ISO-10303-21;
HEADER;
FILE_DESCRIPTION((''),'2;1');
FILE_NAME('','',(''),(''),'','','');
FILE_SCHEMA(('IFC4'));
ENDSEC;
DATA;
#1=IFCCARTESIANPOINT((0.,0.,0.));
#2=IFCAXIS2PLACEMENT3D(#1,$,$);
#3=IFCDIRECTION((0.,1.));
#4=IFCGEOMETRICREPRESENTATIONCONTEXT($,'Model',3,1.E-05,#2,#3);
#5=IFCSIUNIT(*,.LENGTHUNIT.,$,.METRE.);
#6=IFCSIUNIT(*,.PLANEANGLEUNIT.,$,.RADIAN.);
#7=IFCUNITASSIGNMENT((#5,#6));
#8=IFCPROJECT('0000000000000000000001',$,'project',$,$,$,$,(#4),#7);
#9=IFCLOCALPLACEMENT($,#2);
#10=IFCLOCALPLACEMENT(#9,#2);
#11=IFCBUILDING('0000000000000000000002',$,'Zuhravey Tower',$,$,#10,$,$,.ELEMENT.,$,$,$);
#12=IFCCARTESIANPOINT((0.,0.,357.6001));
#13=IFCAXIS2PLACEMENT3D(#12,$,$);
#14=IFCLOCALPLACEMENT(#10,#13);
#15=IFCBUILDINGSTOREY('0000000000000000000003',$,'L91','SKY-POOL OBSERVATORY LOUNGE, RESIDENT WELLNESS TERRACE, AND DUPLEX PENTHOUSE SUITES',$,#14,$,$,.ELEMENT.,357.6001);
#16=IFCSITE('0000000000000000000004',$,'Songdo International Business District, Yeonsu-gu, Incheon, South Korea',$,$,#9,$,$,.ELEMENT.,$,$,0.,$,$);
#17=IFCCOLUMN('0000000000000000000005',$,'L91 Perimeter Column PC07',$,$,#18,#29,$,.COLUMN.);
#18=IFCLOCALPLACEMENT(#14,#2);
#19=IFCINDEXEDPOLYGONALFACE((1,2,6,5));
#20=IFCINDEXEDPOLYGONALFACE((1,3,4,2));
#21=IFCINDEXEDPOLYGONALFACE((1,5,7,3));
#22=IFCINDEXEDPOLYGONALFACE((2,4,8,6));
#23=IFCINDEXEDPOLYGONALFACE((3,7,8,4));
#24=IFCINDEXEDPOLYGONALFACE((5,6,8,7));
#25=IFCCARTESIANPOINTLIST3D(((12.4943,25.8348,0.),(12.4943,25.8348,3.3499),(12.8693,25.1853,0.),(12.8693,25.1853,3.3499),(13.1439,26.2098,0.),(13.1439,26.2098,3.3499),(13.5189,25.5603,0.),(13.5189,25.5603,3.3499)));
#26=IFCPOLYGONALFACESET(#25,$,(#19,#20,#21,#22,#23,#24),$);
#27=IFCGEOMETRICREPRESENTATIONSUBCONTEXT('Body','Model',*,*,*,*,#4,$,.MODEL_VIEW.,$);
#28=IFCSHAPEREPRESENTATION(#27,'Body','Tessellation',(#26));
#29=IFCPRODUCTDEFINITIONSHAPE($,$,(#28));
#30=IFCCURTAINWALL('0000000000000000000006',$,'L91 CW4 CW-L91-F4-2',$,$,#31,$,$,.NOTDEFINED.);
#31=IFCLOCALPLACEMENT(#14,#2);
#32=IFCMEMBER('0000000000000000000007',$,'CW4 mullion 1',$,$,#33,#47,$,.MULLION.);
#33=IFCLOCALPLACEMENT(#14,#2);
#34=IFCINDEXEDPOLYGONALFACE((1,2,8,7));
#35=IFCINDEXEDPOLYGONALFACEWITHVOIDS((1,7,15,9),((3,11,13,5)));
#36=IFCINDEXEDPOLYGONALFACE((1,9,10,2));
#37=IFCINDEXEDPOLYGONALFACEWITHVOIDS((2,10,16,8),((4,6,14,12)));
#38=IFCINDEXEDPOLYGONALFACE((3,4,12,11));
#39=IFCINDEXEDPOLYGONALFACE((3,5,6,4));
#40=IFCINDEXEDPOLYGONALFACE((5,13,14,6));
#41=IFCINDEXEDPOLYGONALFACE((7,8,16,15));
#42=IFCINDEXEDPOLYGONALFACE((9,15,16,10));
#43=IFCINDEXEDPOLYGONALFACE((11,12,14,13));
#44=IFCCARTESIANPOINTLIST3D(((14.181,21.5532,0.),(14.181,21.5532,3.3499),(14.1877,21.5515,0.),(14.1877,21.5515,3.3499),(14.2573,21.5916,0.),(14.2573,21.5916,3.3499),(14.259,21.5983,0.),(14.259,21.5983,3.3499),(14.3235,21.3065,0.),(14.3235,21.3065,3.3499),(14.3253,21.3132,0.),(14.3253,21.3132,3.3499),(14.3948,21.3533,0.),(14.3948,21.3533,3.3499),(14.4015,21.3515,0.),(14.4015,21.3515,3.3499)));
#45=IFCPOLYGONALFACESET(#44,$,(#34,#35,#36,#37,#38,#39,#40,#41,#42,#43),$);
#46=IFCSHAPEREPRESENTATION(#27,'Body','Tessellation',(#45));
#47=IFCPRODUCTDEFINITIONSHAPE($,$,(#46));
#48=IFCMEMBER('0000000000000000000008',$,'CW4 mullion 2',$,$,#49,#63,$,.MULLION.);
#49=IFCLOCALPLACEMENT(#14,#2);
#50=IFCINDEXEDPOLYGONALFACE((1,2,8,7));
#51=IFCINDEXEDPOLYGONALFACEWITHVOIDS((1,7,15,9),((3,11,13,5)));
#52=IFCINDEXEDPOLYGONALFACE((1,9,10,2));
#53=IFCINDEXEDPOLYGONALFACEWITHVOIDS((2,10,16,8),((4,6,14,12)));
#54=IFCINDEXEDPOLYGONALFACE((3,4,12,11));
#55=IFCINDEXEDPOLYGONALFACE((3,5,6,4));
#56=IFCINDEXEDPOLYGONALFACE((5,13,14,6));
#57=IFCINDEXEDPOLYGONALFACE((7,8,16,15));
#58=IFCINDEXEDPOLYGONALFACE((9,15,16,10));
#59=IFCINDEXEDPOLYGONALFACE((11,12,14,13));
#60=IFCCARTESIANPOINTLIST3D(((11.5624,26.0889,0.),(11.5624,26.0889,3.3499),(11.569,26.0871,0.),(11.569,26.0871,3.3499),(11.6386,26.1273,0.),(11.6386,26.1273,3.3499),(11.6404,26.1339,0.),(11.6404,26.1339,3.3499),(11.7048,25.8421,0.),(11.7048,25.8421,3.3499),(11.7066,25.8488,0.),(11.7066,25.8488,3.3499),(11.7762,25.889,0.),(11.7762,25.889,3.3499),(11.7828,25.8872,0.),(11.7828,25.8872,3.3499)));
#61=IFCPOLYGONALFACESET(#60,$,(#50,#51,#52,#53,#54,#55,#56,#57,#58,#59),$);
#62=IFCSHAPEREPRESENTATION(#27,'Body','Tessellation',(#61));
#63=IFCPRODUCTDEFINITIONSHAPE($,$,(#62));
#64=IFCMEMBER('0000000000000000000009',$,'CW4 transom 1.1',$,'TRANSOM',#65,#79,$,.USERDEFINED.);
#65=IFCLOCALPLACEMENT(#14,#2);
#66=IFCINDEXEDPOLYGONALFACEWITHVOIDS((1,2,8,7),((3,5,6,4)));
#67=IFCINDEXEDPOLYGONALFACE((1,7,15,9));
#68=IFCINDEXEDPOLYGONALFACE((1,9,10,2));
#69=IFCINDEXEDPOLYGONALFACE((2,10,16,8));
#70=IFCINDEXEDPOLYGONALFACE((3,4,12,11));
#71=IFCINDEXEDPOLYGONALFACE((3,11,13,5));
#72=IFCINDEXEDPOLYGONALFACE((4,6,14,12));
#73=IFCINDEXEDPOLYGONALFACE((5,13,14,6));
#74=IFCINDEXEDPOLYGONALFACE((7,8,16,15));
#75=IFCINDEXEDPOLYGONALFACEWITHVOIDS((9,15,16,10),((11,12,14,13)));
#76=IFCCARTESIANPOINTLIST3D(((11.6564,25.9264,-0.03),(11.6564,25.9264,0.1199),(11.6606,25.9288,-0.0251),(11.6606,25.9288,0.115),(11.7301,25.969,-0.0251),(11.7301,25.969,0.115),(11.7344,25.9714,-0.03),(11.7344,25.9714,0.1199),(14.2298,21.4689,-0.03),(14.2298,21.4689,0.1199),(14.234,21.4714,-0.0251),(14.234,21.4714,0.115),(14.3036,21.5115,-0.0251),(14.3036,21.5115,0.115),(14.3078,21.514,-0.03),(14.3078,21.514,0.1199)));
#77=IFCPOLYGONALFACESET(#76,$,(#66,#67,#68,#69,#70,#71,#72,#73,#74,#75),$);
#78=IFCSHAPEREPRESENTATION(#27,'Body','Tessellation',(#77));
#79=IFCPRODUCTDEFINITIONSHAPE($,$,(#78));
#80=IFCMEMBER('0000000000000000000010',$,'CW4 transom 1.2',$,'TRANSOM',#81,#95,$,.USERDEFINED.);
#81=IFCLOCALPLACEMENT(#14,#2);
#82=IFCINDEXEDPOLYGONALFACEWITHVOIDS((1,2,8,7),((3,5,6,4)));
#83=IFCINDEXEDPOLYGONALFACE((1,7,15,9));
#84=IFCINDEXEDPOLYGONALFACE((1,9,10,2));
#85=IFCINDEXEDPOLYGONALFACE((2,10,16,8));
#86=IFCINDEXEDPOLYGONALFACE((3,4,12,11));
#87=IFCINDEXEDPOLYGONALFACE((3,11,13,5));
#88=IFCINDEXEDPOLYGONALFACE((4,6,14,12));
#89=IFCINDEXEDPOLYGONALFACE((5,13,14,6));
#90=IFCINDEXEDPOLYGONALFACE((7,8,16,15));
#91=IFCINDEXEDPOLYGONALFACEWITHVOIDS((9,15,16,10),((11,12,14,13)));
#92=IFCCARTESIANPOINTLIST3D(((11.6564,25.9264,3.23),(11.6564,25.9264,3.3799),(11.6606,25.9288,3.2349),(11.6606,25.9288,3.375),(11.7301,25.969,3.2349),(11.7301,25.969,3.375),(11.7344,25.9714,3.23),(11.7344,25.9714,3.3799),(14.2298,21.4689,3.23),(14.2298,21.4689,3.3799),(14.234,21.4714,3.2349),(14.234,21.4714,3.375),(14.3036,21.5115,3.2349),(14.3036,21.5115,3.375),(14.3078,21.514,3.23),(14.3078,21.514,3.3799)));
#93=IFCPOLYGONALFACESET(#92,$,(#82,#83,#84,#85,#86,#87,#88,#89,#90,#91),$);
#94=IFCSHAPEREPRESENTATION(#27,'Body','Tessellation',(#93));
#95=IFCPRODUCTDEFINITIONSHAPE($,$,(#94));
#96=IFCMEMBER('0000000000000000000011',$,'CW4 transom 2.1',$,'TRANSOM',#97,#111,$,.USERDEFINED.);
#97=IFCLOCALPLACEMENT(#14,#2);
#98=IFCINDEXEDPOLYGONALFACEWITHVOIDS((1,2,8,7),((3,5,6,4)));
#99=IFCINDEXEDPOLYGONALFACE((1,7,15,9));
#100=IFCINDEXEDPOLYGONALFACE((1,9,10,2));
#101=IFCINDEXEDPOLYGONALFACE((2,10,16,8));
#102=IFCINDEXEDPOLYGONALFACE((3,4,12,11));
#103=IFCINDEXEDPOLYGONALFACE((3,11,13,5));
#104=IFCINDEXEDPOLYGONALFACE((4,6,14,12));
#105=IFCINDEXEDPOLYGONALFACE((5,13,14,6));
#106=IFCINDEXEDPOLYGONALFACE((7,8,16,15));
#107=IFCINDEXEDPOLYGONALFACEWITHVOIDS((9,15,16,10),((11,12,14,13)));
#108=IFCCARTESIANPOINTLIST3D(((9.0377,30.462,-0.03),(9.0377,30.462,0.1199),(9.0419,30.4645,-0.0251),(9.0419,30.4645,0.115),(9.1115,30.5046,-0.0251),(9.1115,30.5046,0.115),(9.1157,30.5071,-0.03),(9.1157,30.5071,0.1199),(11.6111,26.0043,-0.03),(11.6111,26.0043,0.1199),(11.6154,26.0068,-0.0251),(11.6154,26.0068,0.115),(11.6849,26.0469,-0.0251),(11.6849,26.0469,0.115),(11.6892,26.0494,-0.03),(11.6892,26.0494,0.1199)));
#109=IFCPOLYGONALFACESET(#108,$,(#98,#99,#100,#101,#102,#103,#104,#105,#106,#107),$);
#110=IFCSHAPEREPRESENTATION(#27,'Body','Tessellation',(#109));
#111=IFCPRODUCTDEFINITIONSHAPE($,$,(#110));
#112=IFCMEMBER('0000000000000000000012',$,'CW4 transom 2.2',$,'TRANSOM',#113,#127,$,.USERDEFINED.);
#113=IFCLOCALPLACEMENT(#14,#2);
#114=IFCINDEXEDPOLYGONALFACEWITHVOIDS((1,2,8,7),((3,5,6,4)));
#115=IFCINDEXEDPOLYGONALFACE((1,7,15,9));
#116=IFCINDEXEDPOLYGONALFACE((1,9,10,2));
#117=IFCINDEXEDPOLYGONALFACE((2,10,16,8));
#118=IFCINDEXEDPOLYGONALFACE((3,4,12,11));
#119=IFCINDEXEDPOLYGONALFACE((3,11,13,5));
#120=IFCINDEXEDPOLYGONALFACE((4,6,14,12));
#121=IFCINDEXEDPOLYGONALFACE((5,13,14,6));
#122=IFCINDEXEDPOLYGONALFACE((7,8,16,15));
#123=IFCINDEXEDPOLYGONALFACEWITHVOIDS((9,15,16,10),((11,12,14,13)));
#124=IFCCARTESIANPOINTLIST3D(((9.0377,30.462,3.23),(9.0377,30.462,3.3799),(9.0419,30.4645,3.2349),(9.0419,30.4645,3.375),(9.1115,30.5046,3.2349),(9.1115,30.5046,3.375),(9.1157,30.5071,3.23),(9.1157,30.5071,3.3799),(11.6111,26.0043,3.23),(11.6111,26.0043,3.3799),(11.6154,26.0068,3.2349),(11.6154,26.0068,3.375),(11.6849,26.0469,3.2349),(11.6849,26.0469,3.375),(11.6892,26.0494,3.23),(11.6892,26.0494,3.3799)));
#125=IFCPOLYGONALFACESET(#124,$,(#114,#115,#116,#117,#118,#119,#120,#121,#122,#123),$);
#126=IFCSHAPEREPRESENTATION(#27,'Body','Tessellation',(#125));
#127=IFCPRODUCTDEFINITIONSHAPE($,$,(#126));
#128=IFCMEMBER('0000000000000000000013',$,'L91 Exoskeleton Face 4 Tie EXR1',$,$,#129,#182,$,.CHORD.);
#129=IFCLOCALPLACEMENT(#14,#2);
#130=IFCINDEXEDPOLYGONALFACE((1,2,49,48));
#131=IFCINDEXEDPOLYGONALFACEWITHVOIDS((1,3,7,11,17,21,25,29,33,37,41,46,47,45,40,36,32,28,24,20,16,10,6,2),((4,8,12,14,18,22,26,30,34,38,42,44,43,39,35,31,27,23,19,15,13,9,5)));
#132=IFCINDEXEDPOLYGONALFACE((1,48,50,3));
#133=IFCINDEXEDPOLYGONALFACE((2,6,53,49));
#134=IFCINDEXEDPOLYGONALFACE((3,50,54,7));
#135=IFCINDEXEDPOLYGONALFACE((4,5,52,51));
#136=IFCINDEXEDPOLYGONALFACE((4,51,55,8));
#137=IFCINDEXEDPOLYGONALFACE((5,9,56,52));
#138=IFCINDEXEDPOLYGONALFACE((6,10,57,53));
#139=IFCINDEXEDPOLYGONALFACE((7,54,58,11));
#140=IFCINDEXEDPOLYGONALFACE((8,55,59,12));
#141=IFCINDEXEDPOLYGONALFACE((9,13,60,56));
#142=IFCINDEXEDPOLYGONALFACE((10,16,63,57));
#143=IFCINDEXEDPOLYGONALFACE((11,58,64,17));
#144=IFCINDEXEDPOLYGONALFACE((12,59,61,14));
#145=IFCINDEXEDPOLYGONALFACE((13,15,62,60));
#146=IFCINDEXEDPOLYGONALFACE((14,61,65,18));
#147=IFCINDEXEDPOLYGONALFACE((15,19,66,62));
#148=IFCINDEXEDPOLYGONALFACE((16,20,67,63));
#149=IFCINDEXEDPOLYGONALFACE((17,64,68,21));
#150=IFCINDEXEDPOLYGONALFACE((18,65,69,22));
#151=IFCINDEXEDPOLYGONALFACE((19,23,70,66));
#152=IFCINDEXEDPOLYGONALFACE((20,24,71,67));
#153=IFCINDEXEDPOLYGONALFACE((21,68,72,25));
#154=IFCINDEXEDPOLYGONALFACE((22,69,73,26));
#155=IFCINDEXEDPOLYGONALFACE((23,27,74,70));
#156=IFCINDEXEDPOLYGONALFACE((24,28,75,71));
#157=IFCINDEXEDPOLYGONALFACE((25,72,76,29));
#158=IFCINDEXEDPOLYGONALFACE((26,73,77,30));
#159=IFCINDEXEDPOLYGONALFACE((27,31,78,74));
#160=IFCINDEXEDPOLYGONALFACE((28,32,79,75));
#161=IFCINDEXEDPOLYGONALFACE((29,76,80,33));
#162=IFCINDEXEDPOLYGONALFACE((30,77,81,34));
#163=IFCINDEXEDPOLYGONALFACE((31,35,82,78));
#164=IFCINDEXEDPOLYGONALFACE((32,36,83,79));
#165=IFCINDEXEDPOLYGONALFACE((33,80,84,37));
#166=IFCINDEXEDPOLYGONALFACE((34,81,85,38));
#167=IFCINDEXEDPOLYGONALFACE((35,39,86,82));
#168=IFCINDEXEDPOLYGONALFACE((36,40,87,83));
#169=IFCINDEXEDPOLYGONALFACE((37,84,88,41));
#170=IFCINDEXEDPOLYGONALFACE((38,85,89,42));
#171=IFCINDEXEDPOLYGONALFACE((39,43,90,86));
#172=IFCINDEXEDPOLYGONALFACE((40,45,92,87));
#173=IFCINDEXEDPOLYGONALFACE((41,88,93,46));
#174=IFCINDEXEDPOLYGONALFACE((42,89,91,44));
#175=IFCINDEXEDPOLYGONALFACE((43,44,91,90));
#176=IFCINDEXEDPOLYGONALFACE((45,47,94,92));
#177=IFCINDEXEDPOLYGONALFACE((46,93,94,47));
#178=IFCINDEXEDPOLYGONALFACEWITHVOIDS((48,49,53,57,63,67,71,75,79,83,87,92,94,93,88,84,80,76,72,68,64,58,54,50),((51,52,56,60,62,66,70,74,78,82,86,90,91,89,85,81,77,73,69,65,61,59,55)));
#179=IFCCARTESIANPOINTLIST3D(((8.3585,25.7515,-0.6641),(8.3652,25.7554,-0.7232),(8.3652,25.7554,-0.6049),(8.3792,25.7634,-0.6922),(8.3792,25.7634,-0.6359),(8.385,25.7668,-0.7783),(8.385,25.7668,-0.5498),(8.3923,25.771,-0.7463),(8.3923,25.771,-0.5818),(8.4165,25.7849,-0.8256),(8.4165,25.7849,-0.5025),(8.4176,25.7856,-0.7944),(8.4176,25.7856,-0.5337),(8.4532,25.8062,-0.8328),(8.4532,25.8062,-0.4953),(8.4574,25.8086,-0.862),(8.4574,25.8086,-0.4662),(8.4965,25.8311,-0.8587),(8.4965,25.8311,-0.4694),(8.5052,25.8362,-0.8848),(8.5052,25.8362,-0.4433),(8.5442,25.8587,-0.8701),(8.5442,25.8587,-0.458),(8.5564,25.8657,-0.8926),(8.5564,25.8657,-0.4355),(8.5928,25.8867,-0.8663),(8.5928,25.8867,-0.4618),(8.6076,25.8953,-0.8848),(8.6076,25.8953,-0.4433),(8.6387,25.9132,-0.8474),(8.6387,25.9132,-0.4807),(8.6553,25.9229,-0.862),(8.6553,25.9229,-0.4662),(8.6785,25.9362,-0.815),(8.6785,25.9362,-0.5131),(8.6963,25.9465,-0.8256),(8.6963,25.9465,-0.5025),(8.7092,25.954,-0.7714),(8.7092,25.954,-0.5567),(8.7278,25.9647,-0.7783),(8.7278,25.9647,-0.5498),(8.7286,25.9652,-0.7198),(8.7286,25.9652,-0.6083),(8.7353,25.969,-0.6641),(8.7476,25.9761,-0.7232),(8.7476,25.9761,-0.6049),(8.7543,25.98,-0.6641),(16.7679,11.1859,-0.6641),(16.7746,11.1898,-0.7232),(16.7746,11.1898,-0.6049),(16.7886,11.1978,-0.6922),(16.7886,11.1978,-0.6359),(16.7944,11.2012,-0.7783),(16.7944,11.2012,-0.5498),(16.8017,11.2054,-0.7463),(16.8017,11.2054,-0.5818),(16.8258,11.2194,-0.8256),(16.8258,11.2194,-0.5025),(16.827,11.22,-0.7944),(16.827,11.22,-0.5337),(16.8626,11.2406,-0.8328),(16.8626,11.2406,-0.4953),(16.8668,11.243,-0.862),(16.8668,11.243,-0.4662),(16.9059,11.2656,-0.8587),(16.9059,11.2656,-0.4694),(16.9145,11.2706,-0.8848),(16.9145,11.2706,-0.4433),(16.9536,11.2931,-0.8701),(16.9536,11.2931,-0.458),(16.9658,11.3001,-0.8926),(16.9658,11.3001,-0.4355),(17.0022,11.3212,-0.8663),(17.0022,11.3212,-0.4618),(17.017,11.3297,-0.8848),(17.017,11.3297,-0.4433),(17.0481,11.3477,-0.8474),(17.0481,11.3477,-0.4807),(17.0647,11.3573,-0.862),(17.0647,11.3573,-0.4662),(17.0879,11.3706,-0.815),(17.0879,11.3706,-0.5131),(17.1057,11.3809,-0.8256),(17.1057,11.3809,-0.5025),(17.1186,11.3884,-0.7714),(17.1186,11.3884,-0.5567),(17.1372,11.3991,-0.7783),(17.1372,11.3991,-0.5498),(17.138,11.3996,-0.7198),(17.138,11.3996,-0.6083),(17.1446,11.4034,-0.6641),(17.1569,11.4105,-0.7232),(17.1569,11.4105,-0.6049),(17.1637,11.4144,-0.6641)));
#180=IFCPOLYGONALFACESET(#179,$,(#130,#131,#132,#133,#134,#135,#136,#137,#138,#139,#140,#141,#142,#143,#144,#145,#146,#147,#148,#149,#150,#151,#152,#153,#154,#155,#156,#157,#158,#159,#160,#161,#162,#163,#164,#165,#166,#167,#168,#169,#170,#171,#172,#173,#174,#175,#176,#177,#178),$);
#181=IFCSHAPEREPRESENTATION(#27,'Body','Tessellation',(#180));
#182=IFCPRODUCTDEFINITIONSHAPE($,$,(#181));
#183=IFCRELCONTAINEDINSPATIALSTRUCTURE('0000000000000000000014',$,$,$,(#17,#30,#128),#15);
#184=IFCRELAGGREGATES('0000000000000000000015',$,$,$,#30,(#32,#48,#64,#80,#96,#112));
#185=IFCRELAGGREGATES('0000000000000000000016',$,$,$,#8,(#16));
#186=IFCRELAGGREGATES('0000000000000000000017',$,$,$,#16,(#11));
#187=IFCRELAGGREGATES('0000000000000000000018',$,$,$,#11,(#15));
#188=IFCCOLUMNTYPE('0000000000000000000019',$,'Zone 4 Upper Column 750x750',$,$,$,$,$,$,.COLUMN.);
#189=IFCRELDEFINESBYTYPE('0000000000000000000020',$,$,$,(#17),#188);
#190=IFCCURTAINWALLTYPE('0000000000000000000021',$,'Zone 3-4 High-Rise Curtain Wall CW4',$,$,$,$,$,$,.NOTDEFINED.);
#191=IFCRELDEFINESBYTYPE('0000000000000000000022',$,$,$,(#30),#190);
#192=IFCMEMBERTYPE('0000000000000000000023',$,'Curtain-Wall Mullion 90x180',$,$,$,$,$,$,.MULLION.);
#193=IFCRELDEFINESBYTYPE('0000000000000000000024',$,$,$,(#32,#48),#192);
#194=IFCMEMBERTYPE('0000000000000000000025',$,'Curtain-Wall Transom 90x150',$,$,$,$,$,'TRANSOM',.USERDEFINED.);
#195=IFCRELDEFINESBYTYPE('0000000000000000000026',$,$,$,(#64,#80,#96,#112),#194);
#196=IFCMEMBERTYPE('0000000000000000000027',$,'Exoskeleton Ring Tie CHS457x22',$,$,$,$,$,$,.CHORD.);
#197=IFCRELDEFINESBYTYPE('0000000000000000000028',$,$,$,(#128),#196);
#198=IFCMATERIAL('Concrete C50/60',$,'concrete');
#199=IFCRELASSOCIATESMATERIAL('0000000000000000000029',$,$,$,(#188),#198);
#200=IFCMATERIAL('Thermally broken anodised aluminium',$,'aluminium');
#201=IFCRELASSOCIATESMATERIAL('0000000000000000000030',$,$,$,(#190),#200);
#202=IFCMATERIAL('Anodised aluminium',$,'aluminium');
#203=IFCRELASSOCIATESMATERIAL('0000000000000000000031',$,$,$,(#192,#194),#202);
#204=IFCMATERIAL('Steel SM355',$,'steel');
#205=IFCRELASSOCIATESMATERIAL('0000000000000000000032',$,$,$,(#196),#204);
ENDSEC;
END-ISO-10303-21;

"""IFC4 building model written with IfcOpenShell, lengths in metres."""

from ifc_helpers import new_model, si_unit, direction, frame, origin, origin_2d, place, context, subcontext, project, spatial, rectangle, hollow_rectangle, hollow_circle, extrude, material, material_profile, profile_set, type_object, element, aggregate, save


model = new_model("IFC4")

# Units and contexts
model_context = context("Model", 3, precision=1e-05, world=origin(), true_north=direction((0.0, 1.0)))
body_context = subcontext(model_context, "Body", "Model", "MODEL_VIEW")
ifc_project = project(units=[si_unit("LENGTHUNIT", "METRE"), si_unit("PLANEANGLEUNIT", "RADIAN")], contexts=[model_context])

# Site, building, storey
site_placement = place(None, origin())
site = spatial("IfcSite", under=ifc_project, at=site_placement, Name="Songdo International Business District, Yeonsu-gu, Incheon, South Korea", CompositionType="ELEMENT", RefElevation=0.0)
building_placement = place(site_placement, origin())
building = spatial("IfcBuilding", under=site, at=building_placement, Name="Zuhravey Tower", CompositionType="ELEMENT")
storey_placement = place(building_placement, frame((0.0, 0.0, 357.6001)))
storey = spatial("IfcBuildingStorey", under=building, at=storey_placement, Name="L91", Description="SKY-POOL OBSERVATORY LOUNGE, RESIDENT WELLNESS TERRACE, AND DUPLEX PENTHOUSE SUITES", CompositionType="ELEMENT", Elevation=357.6001)

# Column
ifc_material_1 = material(Name="Concrete C50/60", Category="concrete")
ifc_material_profile_1 = material_profile(ifc_material_1, rectangle(XDim=0.75, YDim=0.75, at=origin_2d()), Name="RC-750x750")
ifc_profile_set_1 = profile_set([ifc_material_profile_1], Name="Concrete C50/60")
column_type = type_object("IfcColumnType", Name="Zone 4 Upper Column 750x750", PredefinedType="COLUMN", material=ifc_profile_set_1)
column_placement = place(storey_placement, frame((13.0066, 25.6975, 0.0), z_axis=(0.0, 0.0, 1.0), x_axis=(0.5, -0.866025, 0.0)))
element("IfcColumn", 1, at=column_placement, inside=storey, type_object=column_type, Name="L91 Perimeter Column PC07", PredefinedType="COLUMN", context=body_context, shape_type="SweptSolid", body=[
    extrude(rectangle(XDim=0.75, YDim=0.75, at=origin_2d()), origin(), (0.0, 0.0, 1.0), 3.3499),
])

# Curtain wall, members
ifc_material_2 = material(Name="Thermally broken anodised aluminium", Category="aluminium")
curtain_wall_type = type_object("IfcCurtainWallType", Name="Zone 3-4 High-Rise Curtain Wall CW4", PredefinedType="NOTDEFINED", material=ifc_material_2)
curtain_wall_placement = place(storey_placement, origin())
curtain_wall = element("IfcCurtainWall", 2, at=curtain_wall_placement, inside=storey, type_object=curtain_wall_type, Name="L91 CW4 CW-L91-F4-2", PredefinedType="NOTDEFINED")
ifc_material_3 = material(Name="Anodised aluminium", Category="aluminium")
ifc_material_profile_2 = material_profile(ifc_material_3, hollow_rectangle(XDim=0.0901, YDim=0.2849, WallThickness=0.0049, at=origin_2d()), Name="ALU-RHS-90x285x5")
ifc_profile_set_2 = profile_set([ifc_material_profile_2], Name="Anodised aluminium")
member_type_1 = type_object("IfcMemberType", Name="Curtain-Wall Mullion 90x180", PredefinedType="MULLION", material=ifc_profile_set_2)
member_1_placement = place(storey_placement, frame((14.2913, 21.4524, 0.0), z_axis=(0.0, 0.0, 1.0), x_axis=(-0.866024, -0.500002, 0.0)))
member_1 = element("IfcMember", 3, at=member_1_placement, type_object=member_type_1, Name="CW4 mullion 1", PredefinedType="MULLION", context=body_context, shape_type="SweptSolid", body=[
    extrude(hollow_rectangle(XDim=0.0901, YDim=0.2849, WallThickness=0.0049, at=origin_2d()), origin(), (0.0, 0.0, 1.0), 3.3499),
])
member_2_placement = place(storey_placement, frame((11.6726, 25.988, 0.0), z_axis=(0.0, 0.0, 1.0), x_axis=(-0.866024, -0.500002, 0.0)))
member_2 = element("IfcMember", 4, at=member_2_placement, type_object=member_type_1, Name="CW4 mullion 2", PredefinedType="MULLION", context=body_context, shape_type="SweptSolid", body=[
    extrude(hollow_rectangle(XDim=0.0901, YDim=0.2849, WallThickness=0.0049, at=origin_2d()), origin(), (0.0, 0.0, 1.0), 3.3499),
])
ifc_material_profile_3 = material_profile(ifc_material_3, hollow_rectangle(XDim=0.0901, YDim=0.1499, WallThickness=0.0049, at=origin_2d()), Name="ALU-RHS-90x150x5")
ifc_profile_set_3 = profile_set([ifc_material_profile_3], Name="Anodised aluminium")
member_type_2 = type_object("IfcMemberType", Name="Curtain-Wall Transom 90x150", ElementType="TRANSOM", PredefinedType="USERDEFINED", material=ifc_profile_set_3)
member_3_placement = place(storey_placement, frame((14.2688, 21.4915, 0.0449), z_axis=(-0.499991, 0.866031, 0.0), x_axis=(-0.866031, -0.499991, 0.0)))
member_3 = element("IfcMember", 5, at=member_3_placement, type_object=member_type_2, Name="CW4 transom 1.1", ObjectType="TRANSOM", PredefinedType="USERDEFINED", context=body_context, shape_type="SweptSolid", body=[
    extrude(hollow_rectangle(XDim=0.0901, YDim=0.1499, WallThickness=0.0049, at=origin_2d()), origin(), (0.0, 0.0, 1.0), 5.147),
])
member_4_placement = place(storey_placement, frame((14.2688, 21.4915, 3.3049), z_axis=(-0.499991, 0.866031, 0.0), x_axis=(-0.866031, -0.499991, 0.0)))
member_4 = element("IfcMember", 6, at=member_4_placement, type_object=member_type_2, Name="CW4 transom 1.2", ObjectType="TRANSOM", PredefinedType="USERDEFINED", context=body_context, shape_type="SweptSolid", body=[
    extrude(hollow_rectangle(XDim=0.0901, YDim=0.1499, WallThickness=0.0049, at=origin_2d()), origin(), (0.0, 0.0, 1.0), 5.147),
])
member_5_placement = place(storey_placement, frame((11.6501, 26.0269, 0.0449), z_axis=(-0.49997, 0.866043, 0.0), x_axis=(-0.866043, -0.49997, 0.0)))
member_5 = element("IfcMember", 7, at=member_5_placement, type_object=member_type_2, Name="CW4 transom 2.1", ObjectType="TRANSOM", PredefinedType="USERDEFINED", context=body_context, shape_type="SweptSolid", body=[
    extrude(hollow_rectangle(XDim=0.0901, YDim=0.1499, WallThickness=0.0049, at=origin_2d()), origin(), (0.0, 0.0, 1.0), 5.1472),
])
member_6_placement = place(storey_placement, frame((11.6501, 26.0269, 3.3049), z_axis=(-0.49997, 0.866043, 0.0), x_axis=(-0.866043, -0.49997, 0.0)))
member_6 = element("IfcMember", 8, at=member_6_placement, type_object=member_type_2, Name="CW4 transom 2.2", ObjectType="TRANSOM", PredefinedType="USERDEFINED", context=body_context, shape_type="SweptSolid", body=[
    extrude(hollow_rectangle(XDim=0.0901, YDim=0.1499, WallThickness=0.0049, at=origin_2d()), origin(), (0.0, 0.0, 1.0), 5.1472),
])

# Member
ifc_material_4 = material(Name="Steel SM355", Category="steel")
ifc_material_profile_4 = material_profile(ifc_material_4, hollow_circle(Radius=0.2285, WallThickness=0.022, at=origin_2d()), Name="CHS-457.2x22")
ifc_profile_set_4 = profile_set([ifc_material_profile_4], Name="Steel SM355")
member_type_3 = type_object("IfcMemberType", Name="Exoskeleton Ring Tie CHS457x22", PredefinedType="CHORD", material=ifc_profile_set_4)
member_7_placement = place(storey_placement, frame((8.5564, 25.8657, -0.6641), z_axis=(0.499997, -0.866027, 0.0), x_axis=(0.866027, 0.499997, 0.0)))
element("IfcMember", 9, at=member_7_placement, inside=storey, type_object=member_type_3, Name="L91 Exoskeleton Face 4 Tie EXR1", PredefinedType="CHORD", context=body_context, shape_type="SweptSolid", body=[
    extrude(hollow_circle(Radius=0.2285, WallThickness=0.022, at=origin_2d()), origin(), (0.0, 0.0, 1.0), 16.8188),
])

aggregate(curtain_wall, [member_1, member_2, member_3, member_4, member_5, member_6])

save(model, "model.ifc")
